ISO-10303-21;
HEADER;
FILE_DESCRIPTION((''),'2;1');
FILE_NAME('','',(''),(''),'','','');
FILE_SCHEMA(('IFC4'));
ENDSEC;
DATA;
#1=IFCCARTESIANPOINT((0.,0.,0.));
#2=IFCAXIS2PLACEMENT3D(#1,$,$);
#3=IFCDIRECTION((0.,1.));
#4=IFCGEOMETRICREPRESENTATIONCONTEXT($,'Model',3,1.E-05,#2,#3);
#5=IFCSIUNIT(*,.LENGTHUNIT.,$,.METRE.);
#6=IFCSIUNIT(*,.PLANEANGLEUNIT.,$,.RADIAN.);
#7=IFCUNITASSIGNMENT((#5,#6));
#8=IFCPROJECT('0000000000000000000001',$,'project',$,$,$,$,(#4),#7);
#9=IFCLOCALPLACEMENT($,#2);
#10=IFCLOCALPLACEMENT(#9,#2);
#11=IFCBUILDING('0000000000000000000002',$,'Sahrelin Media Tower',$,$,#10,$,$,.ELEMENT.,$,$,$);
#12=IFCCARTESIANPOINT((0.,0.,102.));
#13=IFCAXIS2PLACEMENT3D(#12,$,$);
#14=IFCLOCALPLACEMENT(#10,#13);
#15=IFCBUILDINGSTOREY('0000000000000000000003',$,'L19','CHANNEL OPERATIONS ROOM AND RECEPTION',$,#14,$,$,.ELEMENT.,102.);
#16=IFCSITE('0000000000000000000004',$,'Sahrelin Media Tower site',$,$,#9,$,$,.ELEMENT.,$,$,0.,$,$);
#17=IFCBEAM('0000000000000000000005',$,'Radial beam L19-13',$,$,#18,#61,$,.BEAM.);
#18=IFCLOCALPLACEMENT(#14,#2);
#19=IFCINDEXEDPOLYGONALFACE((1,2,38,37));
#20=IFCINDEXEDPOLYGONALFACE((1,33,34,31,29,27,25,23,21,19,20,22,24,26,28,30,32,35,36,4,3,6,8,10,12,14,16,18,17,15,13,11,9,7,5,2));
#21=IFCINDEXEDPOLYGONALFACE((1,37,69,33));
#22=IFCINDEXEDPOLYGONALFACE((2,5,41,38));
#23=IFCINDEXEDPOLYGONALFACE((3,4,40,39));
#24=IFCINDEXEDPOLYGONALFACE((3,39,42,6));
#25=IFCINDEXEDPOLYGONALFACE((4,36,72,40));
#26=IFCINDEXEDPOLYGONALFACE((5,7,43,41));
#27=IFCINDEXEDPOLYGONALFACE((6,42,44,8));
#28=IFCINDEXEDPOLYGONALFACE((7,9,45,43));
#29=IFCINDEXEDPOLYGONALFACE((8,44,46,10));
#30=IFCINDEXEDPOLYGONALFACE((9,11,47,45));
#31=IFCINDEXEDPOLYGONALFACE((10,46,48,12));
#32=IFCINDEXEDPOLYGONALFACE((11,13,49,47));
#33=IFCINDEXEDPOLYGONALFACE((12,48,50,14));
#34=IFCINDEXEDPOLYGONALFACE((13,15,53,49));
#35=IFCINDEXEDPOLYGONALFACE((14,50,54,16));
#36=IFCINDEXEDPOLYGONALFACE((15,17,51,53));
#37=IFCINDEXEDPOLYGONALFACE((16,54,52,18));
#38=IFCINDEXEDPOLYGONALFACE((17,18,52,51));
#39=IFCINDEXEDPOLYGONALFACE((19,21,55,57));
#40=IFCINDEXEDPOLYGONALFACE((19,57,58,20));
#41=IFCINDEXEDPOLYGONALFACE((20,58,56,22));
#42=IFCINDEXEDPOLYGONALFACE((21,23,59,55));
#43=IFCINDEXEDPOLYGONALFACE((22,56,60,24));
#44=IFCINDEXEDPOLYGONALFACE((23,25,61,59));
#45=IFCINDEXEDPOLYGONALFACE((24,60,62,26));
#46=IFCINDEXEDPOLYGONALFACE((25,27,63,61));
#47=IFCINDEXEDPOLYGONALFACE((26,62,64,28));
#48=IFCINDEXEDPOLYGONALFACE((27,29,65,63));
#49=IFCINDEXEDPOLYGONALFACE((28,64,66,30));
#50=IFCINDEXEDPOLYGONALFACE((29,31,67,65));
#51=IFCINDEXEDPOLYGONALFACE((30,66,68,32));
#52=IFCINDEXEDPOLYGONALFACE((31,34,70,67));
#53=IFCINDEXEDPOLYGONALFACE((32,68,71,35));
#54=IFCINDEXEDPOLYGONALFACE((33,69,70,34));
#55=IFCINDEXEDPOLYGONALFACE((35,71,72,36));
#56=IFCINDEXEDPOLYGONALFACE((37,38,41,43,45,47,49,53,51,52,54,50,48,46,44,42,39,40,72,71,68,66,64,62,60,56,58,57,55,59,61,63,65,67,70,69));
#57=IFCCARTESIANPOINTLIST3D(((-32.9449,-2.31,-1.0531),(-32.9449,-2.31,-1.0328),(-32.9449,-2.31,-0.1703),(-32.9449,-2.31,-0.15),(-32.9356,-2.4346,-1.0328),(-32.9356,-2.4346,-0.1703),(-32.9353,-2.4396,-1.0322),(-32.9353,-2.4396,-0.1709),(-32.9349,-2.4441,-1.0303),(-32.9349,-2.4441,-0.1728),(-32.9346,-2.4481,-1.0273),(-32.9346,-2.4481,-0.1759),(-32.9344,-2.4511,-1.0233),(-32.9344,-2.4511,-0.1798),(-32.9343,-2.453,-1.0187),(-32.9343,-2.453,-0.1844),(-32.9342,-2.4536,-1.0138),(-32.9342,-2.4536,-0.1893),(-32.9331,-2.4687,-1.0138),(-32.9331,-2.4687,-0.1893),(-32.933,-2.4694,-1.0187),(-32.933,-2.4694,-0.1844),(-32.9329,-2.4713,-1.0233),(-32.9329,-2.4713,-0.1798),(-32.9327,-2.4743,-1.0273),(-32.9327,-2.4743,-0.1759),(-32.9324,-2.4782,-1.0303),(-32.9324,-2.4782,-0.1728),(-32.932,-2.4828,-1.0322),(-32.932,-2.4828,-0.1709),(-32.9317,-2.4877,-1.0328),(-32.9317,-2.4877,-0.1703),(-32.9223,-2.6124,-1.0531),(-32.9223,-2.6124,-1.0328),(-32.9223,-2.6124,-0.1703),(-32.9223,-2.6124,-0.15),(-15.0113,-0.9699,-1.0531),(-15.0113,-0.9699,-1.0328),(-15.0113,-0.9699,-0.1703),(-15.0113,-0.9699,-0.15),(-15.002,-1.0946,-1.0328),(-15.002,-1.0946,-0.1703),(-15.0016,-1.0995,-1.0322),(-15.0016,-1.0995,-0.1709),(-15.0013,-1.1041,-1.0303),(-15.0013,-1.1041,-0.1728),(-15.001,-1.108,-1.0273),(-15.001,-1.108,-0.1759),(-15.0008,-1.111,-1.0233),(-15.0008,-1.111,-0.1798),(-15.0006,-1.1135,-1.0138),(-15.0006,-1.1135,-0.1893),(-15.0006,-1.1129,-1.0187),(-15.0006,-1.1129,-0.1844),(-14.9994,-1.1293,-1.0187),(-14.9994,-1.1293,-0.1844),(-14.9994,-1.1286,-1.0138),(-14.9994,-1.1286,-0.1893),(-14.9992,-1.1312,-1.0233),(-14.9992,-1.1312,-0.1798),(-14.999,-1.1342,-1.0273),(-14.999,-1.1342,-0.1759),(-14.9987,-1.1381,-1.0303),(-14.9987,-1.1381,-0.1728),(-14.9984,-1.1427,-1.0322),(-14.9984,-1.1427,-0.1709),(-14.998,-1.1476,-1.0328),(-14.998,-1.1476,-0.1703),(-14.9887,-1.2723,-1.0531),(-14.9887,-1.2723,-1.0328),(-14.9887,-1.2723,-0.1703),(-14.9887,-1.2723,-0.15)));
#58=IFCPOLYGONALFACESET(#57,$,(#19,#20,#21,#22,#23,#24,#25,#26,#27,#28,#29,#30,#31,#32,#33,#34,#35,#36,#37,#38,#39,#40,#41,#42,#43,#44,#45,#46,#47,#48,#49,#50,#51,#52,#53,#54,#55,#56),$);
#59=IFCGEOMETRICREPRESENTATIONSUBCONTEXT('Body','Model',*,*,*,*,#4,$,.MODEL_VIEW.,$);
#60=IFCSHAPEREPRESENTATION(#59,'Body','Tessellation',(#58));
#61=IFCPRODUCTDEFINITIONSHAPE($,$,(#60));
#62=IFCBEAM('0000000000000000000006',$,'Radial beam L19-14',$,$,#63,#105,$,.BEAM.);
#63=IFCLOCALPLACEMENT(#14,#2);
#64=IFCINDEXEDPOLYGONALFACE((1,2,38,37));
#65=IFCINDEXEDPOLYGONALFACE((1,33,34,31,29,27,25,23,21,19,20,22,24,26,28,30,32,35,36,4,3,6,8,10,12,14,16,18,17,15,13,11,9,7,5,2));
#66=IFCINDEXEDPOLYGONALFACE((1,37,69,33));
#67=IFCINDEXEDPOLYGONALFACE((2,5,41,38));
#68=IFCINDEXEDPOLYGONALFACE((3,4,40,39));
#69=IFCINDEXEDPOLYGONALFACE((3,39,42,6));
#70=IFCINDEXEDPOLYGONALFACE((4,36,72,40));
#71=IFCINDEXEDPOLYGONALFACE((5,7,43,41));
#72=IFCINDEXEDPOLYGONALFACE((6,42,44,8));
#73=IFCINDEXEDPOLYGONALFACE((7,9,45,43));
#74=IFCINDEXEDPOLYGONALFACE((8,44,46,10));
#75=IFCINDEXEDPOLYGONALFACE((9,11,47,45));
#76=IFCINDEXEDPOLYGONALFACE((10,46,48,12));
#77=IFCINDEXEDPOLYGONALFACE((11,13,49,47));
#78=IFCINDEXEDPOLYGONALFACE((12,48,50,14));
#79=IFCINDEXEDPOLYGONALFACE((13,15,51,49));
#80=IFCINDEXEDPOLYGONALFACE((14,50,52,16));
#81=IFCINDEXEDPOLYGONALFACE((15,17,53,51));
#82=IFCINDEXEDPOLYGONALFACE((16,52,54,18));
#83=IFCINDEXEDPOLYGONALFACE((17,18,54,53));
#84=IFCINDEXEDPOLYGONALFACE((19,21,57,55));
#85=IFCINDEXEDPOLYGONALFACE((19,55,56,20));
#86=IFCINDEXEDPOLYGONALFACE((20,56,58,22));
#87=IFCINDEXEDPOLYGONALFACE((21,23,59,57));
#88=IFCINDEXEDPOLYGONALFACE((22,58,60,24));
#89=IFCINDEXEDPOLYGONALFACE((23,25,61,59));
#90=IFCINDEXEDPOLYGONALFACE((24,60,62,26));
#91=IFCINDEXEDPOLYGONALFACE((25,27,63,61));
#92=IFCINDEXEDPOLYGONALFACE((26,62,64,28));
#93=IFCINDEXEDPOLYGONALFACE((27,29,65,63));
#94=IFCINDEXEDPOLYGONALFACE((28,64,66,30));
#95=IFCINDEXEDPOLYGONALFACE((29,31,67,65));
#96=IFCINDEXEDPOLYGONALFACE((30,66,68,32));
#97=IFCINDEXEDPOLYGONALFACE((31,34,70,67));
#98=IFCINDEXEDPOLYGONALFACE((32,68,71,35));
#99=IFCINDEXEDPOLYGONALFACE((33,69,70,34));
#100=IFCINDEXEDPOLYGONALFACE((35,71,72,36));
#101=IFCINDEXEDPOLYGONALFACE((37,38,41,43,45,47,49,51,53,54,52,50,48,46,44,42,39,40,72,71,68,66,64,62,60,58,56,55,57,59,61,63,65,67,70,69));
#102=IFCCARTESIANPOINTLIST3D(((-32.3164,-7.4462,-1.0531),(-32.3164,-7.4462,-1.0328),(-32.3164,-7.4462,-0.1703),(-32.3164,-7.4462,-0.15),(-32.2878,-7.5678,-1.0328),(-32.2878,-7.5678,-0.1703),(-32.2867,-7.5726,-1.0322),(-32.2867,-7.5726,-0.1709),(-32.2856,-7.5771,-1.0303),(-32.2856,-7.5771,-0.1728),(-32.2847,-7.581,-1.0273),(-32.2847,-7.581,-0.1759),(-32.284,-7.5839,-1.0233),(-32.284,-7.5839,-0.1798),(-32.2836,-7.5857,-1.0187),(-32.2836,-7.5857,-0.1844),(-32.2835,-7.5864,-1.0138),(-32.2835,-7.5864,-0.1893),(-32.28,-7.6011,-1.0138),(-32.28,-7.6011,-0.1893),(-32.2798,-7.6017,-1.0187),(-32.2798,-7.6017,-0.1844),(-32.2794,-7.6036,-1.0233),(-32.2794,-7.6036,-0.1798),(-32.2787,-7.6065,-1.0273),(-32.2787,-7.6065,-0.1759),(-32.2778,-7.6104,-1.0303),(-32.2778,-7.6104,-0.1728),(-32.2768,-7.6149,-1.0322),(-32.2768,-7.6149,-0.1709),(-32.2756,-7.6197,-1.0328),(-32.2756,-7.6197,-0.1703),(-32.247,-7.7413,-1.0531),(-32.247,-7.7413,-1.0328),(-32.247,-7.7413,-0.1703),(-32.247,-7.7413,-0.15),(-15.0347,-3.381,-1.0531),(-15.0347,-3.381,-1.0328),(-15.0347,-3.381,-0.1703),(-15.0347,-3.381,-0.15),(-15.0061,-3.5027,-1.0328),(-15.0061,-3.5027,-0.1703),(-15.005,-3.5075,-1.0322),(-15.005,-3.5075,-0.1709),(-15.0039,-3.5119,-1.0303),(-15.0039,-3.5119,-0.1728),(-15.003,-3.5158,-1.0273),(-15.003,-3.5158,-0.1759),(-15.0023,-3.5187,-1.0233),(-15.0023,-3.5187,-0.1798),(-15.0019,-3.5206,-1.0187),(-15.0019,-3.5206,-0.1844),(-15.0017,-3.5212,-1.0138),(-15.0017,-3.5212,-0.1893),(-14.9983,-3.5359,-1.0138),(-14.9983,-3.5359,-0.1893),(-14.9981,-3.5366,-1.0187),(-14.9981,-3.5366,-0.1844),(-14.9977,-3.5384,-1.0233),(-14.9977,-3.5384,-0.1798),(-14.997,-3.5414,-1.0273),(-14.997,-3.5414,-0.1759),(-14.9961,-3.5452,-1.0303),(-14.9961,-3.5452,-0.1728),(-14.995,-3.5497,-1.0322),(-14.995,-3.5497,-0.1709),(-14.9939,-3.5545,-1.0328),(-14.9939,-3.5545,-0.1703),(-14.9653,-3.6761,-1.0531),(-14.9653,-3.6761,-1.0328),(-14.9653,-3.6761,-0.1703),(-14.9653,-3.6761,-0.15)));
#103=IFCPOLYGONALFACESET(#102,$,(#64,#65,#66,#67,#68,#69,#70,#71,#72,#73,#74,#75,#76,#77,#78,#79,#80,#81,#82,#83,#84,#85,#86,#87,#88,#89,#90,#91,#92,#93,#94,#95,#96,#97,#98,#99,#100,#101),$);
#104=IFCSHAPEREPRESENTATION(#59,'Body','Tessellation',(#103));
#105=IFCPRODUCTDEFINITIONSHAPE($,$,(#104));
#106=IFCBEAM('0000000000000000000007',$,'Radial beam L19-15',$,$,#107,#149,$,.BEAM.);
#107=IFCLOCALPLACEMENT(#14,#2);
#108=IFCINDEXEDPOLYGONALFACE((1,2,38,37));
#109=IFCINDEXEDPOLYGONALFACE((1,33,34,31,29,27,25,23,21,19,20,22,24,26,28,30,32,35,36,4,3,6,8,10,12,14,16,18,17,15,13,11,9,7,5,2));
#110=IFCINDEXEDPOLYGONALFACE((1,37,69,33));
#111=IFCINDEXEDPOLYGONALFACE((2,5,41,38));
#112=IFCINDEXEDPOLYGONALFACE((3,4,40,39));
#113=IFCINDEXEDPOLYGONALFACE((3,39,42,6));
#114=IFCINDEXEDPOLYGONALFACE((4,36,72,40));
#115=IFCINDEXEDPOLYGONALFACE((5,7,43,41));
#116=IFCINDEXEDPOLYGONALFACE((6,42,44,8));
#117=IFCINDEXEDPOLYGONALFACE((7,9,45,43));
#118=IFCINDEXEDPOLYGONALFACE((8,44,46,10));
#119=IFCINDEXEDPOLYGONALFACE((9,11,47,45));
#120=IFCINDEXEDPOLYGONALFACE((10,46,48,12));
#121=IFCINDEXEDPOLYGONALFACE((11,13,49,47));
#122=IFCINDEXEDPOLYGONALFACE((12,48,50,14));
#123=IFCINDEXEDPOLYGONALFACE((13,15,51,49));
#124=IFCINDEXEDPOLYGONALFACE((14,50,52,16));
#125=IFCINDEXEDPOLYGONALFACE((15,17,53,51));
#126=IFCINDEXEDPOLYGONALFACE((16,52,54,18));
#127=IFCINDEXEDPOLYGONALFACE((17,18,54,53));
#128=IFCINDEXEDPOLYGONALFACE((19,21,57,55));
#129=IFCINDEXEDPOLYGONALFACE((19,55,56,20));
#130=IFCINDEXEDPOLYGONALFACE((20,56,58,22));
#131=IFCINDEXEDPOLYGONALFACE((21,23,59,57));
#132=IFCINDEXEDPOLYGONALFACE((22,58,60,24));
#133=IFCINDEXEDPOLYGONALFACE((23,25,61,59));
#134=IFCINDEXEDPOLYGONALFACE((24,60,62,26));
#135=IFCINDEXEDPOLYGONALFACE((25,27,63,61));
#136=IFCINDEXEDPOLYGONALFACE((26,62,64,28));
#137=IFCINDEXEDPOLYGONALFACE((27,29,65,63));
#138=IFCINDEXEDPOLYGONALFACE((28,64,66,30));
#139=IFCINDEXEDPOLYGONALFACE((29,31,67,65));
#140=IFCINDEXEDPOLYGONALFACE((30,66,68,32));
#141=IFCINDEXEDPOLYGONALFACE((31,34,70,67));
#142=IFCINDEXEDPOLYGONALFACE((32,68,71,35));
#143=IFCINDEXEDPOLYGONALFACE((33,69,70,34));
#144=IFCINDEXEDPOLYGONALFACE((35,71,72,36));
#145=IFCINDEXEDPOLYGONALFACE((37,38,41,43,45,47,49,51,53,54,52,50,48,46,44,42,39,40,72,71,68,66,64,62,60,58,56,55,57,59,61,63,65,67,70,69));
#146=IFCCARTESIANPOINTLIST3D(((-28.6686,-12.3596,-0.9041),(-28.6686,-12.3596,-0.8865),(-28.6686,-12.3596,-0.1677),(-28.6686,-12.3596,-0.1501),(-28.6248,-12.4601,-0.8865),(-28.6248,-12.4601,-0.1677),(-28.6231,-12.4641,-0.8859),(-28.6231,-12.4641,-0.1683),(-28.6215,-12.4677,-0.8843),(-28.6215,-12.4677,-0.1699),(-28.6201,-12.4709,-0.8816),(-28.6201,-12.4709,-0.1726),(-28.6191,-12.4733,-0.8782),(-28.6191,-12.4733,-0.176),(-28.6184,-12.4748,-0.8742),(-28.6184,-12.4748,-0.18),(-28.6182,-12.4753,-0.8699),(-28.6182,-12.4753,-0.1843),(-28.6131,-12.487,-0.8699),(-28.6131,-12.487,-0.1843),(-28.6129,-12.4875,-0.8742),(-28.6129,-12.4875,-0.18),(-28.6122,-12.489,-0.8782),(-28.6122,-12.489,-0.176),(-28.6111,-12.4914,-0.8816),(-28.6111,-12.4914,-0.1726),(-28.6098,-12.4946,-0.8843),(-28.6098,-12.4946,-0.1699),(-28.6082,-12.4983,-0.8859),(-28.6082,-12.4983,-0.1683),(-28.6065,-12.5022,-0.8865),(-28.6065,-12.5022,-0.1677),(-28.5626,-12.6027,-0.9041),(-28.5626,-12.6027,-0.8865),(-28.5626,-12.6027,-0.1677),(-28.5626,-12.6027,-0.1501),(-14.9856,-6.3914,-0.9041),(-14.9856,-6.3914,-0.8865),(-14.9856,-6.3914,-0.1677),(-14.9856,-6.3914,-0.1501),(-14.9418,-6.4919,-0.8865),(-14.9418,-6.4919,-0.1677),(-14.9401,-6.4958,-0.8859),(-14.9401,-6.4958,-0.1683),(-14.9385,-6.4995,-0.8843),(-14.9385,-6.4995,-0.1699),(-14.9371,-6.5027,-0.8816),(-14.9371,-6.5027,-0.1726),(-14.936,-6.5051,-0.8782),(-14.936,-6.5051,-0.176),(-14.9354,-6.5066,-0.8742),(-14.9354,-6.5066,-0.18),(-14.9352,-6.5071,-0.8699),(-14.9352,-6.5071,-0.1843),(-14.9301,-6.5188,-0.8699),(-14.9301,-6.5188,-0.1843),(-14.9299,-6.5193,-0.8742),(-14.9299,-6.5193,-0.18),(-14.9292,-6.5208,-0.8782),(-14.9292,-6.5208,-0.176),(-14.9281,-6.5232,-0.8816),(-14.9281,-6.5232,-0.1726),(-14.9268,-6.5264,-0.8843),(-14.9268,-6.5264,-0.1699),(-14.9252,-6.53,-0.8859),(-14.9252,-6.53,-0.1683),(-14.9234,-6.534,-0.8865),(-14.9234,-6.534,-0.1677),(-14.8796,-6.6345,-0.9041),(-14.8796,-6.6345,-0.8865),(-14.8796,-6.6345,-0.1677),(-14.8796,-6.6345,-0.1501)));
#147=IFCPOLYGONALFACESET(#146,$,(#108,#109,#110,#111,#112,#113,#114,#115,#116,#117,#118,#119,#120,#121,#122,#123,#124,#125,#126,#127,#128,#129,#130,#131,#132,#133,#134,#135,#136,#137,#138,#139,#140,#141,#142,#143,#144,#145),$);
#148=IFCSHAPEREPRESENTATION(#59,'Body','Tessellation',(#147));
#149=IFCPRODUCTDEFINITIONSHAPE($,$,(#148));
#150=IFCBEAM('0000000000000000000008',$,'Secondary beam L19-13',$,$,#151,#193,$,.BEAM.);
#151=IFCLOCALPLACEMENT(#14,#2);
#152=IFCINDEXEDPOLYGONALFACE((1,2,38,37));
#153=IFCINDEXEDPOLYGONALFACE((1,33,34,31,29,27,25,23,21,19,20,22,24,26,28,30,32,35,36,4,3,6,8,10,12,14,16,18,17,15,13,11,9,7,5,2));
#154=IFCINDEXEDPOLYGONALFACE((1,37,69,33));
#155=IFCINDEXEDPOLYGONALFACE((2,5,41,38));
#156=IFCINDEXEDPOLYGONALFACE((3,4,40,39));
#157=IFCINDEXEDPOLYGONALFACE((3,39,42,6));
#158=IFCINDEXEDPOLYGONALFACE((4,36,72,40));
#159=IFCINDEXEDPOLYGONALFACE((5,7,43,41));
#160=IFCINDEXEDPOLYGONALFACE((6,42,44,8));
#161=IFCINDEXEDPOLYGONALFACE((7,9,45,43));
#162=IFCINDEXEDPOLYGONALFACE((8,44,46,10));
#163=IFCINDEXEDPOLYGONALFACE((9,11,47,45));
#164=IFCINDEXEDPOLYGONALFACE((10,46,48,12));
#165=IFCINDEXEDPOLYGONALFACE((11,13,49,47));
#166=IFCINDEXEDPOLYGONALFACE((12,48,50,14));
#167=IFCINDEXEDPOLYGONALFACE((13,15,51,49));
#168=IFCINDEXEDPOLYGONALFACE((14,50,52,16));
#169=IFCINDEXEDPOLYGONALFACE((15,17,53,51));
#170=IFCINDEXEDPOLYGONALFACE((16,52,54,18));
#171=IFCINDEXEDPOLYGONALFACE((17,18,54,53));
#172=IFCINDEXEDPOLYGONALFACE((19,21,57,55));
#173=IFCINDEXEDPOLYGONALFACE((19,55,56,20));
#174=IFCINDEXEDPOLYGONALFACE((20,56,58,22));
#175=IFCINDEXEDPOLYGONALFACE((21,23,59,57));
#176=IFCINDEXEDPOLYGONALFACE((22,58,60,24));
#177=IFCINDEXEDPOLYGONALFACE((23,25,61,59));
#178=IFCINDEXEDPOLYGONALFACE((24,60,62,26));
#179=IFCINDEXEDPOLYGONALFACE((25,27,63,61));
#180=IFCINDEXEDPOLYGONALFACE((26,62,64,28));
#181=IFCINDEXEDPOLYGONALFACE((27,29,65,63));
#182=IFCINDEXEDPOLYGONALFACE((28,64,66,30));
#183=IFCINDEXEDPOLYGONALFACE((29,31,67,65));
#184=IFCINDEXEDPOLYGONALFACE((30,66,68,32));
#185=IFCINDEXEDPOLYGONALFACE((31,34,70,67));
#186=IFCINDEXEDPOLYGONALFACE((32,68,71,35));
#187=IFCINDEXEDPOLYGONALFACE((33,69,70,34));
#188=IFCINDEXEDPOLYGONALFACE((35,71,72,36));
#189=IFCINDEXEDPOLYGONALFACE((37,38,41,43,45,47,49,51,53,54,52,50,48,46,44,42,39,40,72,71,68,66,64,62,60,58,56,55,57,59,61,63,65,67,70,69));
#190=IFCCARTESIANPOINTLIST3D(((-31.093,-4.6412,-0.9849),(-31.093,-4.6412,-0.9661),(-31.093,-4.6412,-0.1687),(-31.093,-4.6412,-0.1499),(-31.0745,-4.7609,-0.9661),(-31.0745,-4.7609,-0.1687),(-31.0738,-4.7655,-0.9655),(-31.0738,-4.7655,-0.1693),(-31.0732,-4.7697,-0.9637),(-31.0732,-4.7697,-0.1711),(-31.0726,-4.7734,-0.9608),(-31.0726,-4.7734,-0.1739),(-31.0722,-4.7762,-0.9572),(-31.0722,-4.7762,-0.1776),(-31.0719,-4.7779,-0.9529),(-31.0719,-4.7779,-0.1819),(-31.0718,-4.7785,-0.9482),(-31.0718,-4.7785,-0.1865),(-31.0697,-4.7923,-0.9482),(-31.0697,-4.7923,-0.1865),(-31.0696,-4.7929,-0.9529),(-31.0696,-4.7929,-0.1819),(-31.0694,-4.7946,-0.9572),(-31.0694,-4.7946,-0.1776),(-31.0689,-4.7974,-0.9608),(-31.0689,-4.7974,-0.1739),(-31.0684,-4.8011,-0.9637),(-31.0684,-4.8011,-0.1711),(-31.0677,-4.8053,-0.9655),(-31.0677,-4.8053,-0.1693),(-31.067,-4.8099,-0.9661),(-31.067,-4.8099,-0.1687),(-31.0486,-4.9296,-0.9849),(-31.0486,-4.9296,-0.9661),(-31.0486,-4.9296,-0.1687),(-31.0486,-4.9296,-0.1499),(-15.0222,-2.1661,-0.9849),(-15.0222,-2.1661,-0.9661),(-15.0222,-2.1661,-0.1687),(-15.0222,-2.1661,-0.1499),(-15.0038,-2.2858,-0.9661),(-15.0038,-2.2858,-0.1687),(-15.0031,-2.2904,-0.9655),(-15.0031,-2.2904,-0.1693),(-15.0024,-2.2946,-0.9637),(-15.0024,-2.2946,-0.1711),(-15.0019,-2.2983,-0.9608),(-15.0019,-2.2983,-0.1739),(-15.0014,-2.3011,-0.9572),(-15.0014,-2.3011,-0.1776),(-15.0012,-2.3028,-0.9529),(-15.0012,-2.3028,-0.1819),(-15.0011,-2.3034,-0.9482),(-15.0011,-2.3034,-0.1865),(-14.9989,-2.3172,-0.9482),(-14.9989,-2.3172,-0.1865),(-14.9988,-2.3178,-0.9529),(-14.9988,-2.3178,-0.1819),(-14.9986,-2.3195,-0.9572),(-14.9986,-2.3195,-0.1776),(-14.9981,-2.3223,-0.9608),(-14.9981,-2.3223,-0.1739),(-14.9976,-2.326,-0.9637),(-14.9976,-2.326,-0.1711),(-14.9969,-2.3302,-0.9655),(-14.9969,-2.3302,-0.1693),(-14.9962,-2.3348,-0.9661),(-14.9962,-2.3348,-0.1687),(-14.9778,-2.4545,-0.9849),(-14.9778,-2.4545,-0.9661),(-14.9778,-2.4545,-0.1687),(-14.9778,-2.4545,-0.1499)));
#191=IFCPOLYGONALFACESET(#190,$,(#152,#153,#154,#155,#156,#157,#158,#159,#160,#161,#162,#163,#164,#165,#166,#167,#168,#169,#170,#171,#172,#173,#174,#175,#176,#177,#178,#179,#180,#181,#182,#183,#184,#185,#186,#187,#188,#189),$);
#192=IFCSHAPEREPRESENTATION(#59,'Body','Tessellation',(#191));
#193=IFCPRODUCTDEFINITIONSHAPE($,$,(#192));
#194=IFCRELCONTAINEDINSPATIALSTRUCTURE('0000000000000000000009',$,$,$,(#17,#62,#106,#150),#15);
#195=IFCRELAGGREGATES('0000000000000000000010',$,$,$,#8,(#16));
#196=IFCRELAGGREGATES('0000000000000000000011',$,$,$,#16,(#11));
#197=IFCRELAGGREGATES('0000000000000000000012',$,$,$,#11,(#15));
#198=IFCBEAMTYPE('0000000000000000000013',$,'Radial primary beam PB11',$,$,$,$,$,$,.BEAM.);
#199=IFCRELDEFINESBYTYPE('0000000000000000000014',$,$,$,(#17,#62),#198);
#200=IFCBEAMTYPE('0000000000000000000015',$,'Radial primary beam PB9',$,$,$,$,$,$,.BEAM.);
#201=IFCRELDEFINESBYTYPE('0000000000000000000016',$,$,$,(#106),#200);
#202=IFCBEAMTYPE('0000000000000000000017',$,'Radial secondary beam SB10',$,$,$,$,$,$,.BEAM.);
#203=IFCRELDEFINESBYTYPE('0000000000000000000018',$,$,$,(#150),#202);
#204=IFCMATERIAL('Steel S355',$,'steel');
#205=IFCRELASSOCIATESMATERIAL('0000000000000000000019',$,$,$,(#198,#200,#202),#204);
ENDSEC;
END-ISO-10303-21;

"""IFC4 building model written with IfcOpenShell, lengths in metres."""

from ifc_helpers import new_model, si_unit, direction, frame, origin, origin_2d, place, context, subcontext, project, spatial, i_section, extrude, material, material_profile, profile_set, type_object, element, save


model = new_model("IFC4")

# Units and contexts
model_context = context("Model", 3, precision=1e-05, world=origin(), true_north=direction((0.0, 1.0)))
body_context = subcontext(model_context, "Body", "Model", "MODEL_VIEW")
ifc_project = project(units=[si_unit("LENGTHUNIT", "METRE"), si_unit("PLANEANGLEUNIT", "RADIAN")], contexts=[model_context])

# Site, building, storey
site_placement = place(None, origin())
site = spatial("IfcSite", under=ifc_project, at=site_placement, Name="Sahrelin Media Tower site", CompositionType="ELEMENT", RefElevation=0.0)
building_placement = place(site_placement, origin())
building = spatial("IfcBuilding", under=site, at=building_placement, Name="Sahrelin Media Tower", CompositionType="ELEMENT")
storey_placement = place(building_placement, frame((0.0, 0.0, 102.0)))
storey = spatial("IfcBuildingStorey", under=building, at=storey_placement, Name="L19", Description="CHANNEL OPERATIONS ROOM AND RECEPTION", CompositionType="ELEMENT", Elevation=102.0)

# Beams
ifc_material_1 = material(Name="Steel S355", Category="steel")
ifc_material_profile_1 = material_profile(ifc_material_1, i_section(OverallWidth=0.3032, OverallDepth=0.9031, WebThickness=0.0151, FlangeThickness=0.0203, FilletRadius=0.019, at=origin_2d()), Name="UB 914x305x201")
ifc_profile_set_1 = profile_set([ifc_material_profile_1], Name="Steel S355")
beam_type_1 = type_object("IfcBeamType", Name="Radial primary beam PB11", PredefinedType="BEAM", material=ifc_profile_set_1)
beam_1_placement = place(storey_placement, frame((-15.0, -1.1211, -0.6016), z_axis=(-0.99722, -0.074517, 0.0), x_axis=(0.074517, -0.99722, 0.0)))
element("IfcBeam", 1, at=beam_1_placement, inside=storey, type_object=beam_type_1, Name="Radial beam L19-13", PredefinedType="BEAM", context=body_context, shape_type="SweptSolid", body=[
    extrude(i_section(OverallWidth=0.3032, OverallDepth=0.9031, WebThickness=0.0151, FlangeThickness=0.0203, FilletRadius=0.019, at=origin_2d()), origin(), (0.0, 0.0, 1.0), 17.9836),
])
beam_2_placement = place(storey_placement, frame((-15.0, -3.5286, -0.6016), z_axis=(-0.973431, -0.22898, 0.0), x_axis=(0.22898, -0.973431, 0.0)))
element("IfcBeam", 2, at=beam_2_placement, inside=storey, type_object=beam_type_1, Name="Radial beam L19-14", PredefinedType="BEAM", context=body_context, shape_type="SweptSolid", body=[
    extrude(i_section(OverallWidth=0.3032, OverallDepth=0.9031, WebThickness=0.0151, FlangeThickness=0.0203, FilletRadius=0.019, at=origin_2d()), origin(), (0.0, 0.0, 1.0), 17.7534),
])
ifc_material_profile_2 = material_profile(ifc_material_1, i_section(OverallWidth=0.2651, OverallDepth=0.7539, WebThickness=0.0127, FlangeThickness=0.0176, FilletRadius=0.0166, at=origin_2d()), Name="UB 762x267x147")
ifc_profile_set_2 = profile_set([ifc_material_profile_2], Name="Steel S355")
beam_type_2 = type_object("IfcBeamType", Name="Radial primary beam PB9", PredefinedType="BEAM", material=ifc_profile_set_2)
beam_3_placement = place(storey_placement, frame((-14.9326, -6.5129, -0.5271), z_axis=(-0.916602, -0.399801, 0.0), x_axis=(0.399801, -0.916602, 0.0)))
element("IfcBeam", 3, at=beam_3_placement, inside=storey, type_object=beam_type_2, Name="Radial beam L19-15", PredefinedType="BEAM", context=body_context, shape_type="SweptSolid", body=[
    extrude(i_section(OverallWidth=0.2651, OverallDepth=0.7539, WebThickness=0.0127, FlangeThickness=0.0176, FilletRadius=0.0166, at=origin_2d()), origin(), (0.0, 0.0, 1.0), 14.928),
])
ifc_material_profile_3 = material_profile(ifc_material_1, i_section(OverallWidth=0.2917, OverallDepth=0.835, WebThickness=0.0139, FlangeThickness=0.0188, FilletRadius=0.0178, at=origin_2d()), Name="UB 838x292x176")
ifc_profile_set_3 = profile_set([ifc_material_profile_3], Name="Steel S355")
beam_type_3 = type_object("IfcBeamType", Name="Radial secondary beam SB10", PredefinedType="BEAM", material=ifc_profile_set_3)
beam_4_placement = place(storey_placement, frame((-15.0, -2.3103, -0.5674), z_axis=(-0.988347, -0.152217, 0.0), x_axis=(0.152217, -0.988347, 0.0)))
element("IfcBeam", 4, at=beam_4_placement, inside=storey, type_object=beam_type_3, Name="Secondary beam L19-13", PredefinedType="BEAM", context=body_context, shape_type="SweptSolid", body=[
    extrude(i_section(OverallWidth=0.2917, OverallDepth=0.835, WebThickness=0.0139, FlangeThickness=0.0188, FilletRadius=0.0178, at=origin_2d()), origin(), (0.0, 0.0, 1.0), 16.2603),
])

save(model, "model.ifc")
